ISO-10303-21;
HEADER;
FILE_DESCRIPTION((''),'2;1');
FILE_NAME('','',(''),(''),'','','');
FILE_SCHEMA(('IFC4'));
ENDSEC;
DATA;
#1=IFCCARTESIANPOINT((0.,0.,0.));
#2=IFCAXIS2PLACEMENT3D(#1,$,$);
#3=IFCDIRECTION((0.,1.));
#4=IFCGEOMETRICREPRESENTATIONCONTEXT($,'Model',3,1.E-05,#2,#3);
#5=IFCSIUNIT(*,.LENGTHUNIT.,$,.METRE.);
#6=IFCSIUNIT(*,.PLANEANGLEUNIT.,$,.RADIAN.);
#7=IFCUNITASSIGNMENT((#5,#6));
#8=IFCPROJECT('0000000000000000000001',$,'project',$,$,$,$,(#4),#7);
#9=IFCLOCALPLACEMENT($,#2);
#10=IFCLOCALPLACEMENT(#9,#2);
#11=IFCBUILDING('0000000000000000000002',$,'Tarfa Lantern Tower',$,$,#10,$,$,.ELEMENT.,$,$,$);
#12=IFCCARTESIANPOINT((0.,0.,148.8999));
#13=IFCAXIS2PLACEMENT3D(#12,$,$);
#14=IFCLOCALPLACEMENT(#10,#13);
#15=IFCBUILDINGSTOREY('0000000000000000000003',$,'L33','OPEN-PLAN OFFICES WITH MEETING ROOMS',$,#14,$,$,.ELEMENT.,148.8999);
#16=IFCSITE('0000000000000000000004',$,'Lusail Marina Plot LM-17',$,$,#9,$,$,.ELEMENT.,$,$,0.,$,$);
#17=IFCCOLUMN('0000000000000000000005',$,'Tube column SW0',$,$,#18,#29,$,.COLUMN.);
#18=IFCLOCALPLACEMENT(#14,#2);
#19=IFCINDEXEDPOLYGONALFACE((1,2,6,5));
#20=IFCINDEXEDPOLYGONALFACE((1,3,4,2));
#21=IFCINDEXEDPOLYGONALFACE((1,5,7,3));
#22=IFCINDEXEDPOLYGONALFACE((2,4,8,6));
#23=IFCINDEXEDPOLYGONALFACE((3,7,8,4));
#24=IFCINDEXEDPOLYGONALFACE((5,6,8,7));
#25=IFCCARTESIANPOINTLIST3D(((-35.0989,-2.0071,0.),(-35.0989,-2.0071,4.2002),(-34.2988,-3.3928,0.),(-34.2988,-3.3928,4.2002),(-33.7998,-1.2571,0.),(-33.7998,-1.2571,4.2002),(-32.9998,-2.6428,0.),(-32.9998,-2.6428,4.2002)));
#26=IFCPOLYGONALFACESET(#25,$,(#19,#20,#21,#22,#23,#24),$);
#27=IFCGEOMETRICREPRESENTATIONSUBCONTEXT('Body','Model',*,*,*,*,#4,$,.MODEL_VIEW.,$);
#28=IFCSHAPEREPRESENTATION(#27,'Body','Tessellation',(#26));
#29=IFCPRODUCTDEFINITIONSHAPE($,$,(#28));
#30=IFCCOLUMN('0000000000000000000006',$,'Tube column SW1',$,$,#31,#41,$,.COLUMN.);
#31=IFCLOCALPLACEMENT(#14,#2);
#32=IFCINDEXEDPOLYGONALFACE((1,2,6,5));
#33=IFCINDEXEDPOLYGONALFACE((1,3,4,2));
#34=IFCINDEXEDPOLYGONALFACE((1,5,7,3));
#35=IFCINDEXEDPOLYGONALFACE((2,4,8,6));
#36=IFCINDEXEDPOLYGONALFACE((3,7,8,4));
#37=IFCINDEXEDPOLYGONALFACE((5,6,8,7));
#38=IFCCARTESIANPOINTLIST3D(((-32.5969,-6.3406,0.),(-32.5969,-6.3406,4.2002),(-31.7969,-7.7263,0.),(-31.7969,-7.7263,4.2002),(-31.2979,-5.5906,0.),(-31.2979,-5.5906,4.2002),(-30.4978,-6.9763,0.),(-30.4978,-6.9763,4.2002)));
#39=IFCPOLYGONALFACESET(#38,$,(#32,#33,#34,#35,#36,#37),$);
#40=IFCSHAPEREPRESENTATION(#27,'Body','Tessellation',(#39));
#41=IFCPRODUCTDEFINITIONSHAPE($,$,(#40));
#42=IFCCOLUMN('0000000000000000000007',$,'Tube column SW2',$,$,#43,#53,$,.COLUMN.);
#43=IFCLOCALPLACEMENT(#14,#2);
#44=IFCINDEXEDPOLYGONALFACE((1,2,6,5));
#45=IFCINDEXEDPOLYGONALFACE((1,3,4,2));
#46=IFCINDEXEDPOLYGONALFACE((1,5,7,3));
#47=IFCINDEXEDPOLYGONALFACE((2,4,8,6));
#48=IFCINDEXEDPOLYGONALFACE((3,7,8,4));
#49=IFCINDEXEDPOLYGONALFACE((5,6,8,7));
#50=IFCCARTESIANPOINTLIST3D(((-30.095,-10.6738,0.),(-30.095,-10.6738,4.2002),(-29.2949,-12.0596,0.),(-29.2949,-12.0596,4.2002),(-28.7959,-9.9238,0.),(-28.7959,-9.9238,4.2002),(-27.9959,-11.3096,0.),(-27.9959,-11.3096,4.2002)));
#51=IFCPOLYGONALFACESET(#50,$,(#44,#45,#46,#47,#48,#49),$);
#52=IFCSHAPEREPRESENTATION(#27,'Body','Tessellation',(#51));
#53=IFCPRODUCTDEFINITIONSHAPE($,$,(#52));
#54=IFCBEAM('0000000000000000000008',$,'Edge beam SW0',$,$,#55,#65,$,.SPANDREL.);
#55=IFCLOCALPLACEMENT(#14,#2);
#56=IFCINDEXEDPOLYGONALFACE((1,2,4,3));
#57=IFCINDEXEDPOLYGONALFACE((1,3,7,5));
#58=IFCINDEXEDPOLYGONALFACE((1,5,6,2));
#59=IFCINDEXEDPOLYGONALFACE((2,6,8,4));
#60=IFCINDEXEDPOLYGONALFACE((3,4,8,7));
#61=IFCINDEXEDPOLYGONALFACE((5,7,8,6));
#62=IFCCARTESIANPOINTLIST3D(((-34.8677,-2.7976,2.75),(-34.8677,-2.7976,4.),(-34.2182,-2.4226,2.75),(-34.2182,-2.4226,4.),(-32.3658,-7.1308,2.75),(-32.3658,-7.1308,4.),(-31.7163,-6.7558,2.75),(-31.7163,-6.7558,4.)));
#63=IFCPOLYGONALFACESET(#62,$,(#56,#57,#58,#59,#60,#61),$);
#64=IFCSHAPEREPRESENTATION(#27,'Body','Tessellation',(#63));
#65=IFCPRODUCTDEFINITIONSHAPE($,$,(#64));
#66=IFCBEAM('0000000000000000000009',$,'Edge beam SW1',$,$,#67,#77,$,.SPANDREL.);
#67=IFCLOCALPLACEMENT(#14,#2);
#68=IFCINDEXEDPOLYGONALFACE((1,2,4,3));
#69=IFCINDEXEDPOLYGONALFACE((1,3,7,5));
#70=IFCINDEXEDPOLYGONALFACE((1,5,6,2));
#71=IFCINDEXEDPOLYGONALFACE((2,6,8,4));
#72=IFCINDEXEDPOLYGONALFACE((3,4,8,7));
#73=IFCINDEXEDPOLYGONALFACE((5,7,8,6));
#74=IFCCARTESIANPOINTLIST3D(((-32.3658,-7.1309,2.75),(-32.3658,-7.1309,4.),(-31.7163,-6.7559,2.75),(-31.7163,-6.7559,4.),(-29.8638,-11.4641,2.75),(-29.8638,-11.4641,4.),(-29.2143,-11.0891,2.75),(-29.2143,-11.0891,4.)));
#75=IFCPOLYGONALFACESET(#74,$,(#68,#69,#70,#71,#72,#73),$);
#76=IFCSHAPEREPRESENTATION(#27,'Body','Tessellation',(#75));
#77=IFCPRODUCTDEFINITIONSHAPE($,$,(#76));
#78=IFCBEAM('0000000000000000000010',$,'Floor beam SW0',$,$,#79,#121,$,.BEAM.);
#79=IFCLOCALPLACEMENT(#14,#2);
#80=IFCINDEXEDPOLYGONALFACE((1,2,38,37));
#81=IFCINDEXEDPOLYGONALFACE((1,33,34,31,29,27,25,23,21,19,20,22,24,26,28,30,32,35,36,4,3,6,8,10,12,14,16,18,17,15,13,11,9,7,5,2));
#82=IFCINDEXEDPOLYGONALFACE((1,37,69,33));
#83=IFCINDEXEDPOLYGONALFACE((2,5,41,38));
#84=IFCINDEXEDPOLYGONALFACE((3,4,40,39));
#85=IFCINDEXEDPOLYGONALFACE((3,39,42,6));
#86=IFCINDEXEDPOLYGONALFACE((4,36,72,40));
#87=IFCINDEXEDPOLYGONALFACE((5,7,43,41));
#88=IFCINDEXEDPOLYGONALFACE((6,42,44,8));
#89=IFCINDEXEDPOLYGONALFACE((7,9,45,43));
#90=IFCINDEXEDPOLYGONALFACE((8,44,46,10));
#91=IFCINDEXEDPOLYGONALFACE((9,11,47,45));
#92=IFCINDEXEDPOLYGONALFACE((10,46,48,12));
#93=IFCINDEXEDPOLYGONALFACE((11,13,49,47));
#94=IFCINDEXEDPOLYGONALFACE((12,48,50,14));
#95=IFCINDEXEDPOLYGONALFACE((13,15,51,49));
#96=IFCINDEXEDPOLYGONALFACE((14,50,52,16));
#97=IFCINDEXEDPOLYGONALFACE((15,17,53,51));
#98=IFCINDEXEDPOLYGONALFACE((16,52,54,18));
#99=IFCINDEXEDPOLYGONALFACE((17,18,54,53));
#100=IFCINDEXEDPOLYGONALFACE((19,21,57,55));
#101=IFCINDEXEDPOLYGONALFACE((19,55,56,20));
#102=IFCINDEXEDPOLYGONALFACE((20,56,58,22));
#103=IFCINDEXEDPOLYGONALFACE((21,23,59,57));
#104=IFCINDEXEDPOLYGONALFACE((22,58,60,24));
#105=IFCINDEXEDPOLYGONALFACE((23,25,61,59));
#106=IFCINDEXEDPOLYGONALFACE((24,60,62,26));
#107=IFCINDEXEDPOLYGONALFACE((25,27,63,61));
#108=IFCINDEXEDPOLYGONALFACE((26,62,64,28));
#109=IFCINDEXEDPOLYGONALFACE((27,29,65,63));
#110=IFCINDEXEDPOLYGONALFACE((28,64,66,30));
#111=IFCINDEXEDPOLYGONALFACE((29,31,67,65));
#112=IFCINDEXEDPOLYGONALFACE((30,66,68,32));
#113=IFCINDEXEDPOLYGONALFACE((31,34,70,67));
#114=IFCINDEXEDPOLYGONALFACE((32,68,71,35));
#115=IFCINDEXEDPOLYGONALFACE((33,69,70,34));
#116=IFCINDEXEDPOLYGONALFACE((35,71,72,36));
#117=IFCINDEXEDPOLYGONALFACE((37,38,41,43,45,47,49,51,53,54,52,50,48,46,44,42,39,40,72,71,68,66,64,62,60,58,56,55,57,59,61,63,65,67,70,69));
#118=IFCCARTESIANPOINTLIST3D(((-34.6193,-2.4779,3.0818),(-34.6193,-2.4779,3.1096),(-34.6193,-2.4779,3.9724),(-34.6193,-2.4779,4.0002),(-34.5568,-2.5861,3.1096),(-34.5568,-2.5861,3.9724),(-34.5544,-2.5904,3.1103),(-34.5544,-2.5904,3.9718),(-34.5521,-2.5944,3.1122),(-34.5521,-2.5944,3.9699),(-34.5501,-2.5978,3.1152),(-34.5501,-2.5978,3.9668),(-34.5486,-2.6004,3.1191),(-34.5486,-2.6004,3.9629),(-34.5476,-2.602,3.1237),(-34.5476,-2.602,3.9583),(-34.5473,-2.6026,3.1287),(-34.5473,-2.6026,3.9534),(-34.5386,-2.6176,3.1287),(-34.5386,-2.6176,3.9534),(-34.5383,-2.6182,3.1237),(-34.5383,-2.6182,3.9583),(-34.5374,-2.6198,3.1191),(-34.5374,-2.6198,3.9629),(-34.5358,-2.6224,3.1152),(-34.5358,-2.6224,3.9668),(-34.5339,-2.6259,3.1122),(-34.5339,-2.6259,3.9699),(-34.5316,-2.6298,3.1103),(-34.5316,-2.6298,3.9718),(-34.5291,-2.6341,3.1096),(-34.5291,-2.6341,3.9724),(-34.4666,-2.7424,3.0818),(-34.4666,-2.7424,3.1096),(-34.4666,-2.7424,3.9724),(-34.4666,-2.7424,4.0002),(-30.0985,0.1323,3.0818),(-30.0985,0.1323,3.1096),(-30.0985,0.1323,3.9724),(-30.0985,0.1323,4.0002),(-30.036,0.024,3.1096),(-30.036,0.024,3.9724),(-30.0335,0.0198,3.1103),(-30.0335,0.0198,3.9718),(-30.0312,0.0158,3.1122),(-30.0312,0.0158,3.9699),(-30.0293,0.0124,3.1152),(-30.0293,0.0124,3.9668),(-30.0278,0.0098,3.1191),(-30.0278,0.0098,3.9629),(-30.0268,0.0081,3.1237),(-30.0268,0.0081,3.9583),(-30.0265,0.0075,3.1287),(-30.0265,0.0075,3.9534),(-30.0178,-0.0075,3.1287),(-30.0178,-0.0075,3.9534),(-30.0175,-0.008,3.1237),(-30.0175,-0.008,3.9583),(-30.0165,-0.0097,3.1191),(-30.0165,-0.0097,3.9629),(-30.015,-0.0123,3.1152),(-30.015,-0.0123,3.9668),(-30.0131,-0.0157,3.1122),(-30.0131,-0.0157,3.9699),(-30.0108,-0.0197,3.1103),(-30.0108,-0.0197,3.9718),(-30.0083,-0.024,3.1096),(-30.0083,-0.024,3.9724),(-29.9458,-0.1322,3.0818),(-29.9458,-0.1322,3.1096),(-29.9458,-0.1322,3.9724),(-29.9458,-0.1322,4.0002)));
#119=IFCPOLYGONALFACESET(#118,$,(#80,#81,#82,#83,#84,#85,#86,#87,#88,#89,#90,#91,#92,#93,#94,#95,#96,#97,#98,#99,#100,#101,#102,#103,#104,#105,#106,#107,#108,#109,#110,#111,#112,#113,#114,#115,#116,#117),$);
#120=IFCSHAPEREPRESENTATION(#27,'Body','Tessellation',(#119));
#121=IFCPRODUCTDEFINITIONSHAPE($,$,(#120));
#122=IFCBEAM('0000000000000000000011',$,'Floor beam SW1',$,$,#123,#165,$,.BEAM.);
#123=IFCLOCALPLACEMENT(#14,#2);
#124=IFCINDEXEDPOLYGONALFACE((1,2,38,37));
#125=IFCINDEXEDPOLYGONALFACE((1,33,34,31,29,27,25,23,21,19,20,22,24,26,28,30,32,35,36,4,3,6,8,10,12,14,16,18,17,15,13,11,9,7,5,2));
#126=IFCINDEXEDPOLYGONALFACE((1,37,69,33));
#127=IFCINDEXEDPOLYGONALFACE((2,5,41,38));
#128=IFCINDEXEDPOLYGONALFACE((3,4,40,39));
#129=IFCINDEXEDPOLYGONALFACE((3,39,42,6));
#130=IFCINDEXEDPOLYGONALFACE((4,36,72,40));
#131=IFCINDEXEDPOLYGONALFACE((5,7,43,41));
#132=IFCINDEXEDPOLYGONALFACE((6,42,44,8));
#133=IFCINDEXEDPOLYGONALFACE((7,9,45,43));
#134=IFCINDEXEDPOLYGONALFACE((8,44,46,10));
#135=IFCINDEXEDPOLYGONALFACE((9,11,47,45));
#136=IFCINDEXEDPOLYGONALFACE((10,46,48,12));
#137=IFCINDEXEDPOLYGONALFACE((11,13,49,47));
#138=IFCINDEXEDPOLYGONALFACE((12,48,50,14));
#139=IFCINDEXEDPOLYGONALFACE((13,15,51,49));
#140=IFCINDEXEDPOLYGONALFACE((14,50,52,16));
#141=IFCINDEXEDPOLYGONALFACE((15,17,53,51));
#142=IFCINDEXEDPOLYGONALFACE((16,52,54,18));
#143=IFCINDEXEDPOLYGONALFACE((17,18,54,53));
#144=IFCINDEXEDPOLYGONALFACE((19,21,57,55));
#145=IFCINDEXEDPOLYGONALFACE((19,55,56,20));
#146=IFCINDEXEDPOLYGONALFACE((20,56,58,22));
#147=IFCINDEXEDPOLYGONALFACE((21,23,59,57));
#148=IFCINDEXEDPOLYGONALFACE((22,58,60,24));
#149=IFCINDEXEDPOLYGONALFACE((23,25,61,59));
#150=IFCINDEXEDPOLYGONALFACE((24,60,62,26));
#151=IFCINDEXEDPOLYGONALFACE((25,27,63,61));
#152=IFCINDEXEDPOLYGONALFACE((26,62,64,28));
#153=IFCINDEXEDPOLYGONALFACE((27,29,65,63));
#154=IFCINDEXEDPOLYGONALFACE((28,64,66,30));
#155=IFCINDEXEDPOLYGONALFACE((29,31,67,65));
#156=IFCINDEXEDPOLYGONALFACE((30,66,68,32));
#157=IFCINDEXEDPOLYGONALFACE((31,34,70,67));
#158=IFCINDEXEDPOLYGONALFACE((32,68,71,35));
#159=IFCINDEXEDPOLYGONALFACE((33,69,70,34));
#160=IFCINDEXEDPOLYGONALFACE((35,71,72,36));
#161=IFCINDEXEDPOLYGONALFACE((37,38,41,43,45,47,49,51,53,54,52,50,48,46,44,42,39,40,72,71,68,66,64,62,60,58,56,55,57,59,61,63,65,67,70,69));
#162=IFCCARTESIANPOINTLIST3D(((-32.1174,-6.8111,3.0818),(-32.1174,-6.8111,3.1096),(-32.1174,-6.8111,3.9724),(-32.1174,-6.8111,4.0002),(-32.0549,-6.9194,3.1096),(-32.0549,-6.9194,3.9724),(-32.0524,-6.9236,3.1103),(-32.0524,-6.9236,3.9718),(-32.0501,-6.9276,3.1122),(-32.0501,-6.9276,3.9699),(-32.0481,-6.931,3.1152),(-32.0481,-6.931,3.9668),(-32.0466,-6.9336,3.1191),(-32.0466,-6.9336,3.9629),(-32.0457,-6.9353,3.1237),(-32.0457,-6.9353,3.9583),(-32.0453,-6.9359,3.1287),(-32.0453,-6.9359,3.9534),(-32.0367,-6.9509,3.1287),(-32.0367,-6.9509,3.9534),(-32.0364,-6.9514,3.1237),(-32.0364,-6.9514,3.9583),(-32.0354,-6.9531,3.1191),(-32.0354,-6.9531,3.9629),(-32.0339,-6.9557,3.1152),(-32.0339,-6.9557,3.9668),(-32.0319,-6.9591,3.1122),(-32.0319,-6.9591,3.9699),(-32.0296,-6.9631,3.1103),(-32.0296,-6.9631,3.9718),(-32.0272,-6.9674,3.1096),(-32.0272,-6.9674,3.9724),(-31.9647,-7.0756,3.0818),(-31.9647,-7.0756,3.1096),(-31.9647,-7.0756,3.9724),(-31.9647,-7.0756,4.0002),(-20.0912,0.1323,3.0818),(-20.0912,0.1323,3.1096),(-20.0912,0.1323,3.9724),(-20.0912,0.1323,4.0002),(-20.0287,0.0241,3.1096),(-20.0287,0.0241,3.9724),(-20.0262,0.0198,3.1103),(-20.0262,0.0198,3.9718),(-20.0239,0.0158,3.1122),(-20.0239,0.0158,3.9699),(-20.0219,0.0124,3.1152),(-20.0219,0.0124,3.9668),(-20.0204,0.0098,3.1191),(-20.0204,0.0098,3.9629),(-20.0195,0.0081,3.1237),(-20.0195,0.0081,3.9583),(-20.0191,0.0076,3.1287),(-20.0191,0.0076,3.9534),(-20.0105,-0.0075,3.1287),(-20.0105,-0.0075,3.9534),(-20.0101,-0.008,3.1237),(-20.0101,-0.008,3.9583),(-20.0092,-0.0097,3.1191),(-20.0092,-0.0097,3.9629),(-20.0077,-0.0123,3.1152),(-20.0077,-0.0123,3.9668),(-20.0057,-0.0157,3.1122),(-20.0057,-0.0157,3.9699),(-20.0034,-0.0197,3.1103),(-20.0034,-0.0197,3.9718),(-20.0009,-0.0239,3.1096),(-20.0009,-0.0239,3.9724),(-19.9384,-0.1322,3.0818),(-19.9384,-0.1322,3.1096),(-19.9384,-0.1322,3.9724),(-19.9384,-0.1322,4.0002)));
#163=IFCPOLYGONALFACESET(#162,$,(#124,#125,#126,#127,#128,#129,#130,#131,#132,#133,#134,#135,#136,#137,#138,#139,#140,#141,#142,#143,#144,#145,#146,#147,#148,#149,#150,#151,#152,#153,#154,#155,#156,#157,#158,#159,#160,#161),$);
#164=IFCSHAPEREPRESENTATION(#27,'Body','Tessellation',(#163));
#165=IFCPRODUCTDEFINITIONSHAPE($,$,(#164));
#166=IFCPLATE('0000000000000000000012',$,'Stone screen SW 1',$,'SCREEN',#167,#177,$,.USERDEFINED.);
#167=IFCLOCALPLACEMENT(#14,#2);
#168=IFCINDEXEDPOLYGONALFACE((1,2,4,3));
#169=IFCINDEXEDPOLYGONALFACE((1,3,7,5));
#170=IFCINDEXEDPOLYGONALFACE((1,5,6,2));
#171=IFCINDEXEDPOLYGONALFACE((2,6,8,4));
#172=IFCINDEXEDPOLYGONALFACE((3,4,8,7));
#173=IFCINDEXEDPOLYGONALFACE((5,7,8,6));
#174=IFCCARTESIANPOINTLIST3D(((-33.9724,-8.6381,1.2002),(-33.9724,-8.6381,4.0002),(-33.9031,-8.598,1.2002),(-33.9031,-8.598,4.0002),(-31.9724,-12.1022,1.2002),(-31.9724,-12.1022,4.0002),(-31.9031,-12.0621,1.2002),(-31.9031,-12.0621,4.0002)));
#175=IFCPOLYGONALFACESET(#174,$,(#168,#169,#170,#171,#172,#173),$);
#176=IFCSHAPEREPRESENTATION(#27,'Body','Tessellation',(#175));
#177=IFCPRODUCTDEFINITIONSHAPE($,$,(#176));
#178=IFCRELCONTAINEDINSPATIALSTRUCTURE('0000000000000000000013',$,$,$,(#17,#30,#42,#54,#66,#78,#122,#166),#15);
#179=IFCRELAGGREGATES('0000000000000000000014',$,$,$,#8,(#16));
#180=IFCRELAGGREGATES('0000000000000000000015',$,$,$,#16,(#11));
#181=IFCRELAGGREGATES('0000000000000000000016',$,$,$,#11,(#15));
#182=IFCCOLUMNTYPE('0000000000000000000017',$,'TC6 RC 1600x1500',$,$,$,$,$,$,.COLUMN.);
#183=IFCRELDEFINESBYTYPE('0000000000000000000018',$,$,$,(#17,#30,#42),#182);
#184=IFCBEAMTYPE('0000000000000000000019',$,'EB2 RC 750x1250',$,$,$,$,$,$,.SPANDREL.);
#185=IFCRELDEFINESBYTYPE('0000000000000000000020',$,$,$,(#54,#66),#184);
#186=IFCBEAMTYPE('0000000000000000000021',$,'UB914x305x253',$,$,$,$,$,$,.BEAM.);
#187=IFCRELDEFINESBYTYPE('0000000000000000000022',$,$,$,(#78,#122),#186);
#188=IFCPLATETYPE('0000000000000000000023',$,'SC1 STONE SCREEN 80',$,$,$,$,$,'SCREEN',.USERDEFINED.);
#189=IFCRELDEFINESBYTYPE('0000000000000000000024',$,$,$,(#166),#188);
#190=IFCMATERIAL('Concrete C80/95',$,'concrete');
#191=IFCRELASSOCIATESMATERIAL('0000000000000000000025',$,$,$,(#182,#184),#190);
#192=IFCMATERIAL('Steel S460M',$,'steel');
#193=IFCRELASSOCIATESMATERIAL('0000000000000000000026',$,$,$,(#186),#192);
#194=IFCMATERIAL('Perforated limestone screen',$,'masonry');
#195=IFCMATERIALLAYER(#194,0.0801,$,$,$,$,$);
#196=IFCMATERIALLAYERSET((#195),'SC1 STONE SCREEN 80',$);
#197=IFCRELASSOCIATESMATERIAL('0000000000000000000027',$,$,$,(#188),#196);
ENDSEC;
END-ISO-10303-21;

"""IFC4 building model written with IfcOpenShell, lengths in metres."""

from ifc_helpers import new_model, si_unit, direction, frame, origin, origin_2d, place, context, subcontext, project, spatial, rectangle, i_section, extrude, material, layer, layer_set, material_profile, profile_set, type_object, element, save


model = new_model("IFC4")

# Units and contexts
model_context = context("Model", 3, precision=1e-05, world=origin(), true_north=direction((0.0, 1.0)))
body_context = subcontext(model_context, "Body", "Model", "MODEL_VIEW")
ifc_project = project(units=[si_unit("LENGTHUNIT", "METRE"), si_unit("PLANEANGLEUNIT", "RADIAN")], contexts=[model_context])

# Site, building, storey
site_placement = place(None, origin())
site = spatial("IfcSite", under=ifc_project, at=site_placement, Name="Lusail Marina Plot LM-17", CompositionType="ELEMENT", RefElevation=0.0)
building_placement = place(site_placement, origin())
building = spatial("IfcBuilding", under=site, at=building_placement, Name="Tarfa Lantern Tower", CompositionType="ELEMENT")
storey_placement = place(building_placement, frame((0.0, 0.0, 148.8999)))
storey = spatial("IfcBuildingStorey", under=building, at=storey_placement, Name="L33", Description="OPEN-PLAN OFFICES WITH MEETING ROOMS", CompositionType="ELEMENT", Elevation=148.8999)

# Columns
ifc_material_1 = material(Name="Concrete C80/95", Category="concrete")
ifc_material_profile_1 = material_profile(ifc_material_1, rectangle(XDim=1.6001, YDim=1.5, at=origin_2d()), Name="RC 1600x1500")
ifc_profile_set_1 = profile_set([ifc_material_profile_1], Name="Concrete C80/95")
column_type = type_object("IfcColumnType", Name="TC6 RC 1600x1500", PredefinedType="COLUMN", material=ifc_profile_set_1)
for number, where, z_axis, x_axis, name in (
    (1, (-34.0493, -2.325, 0.0), (0.0, 0.0, 1.0), (0.5, -0.866025, 0.0), "Tube column SW0"),
    (2, (-31.5474, -6.6584, 0.0), (0.0, 0.0, 1.0), (0.5, -0.866025, 0.0), "Tube column SW1"),
    (3, (-29.0454, -10.9917, 0.0), (0.0, 0.0, 1.0), (0.5, -0.866025, 0.0), "Tube column SW2"),
):
    element("IfcColumn", number, at=place(storey_placement, frame(where, z_axis=z_axis, x_axis=x_axis)), inside=storey, type_object=column_type, Name=name, PredefinedType="COLUMN", context=body_context, shape_type="SweptSolid", body=[
        extrude(rectangle(XDim=1.6001, YDim=1.5, at=origin_2d()), origin(), (0.0, 0.0, 1.0), 4.2002),
    ])

# Beams
ifc_material_profile_2 = material_profile(ifc_material_1, rectangle(XDim=0.75, YDim=1.25, at=origin_2d()), Name="RC 750x1250")
ifc_profile_set_2 = profile_set([ifc_material_profile_2], Name="Concrete C80/95")
beam_type_1 = type_object("IfcBeamType", Name="EB2 RC 750x1250", PredefinedType="SPANDREL", material=ifc_profile_set_2)
for number, where, z_axis, x_axis, name in (
    (4, (-34.543, -2.6101, 3.375), (0.500022, -0.866013, 0.0), (0.866013, 0.500022, 0.0), "Edge beam SW0"),
    (5, (-32.041, -6.9434, 3.375), (0.500022, -0.866013, 0.0), (0.866013, 0.500022, 0.0), "Edge beam SW1"),
):
    element("IfcBeam", number, at=place(storey_placement, frame(where, z_axis=z_axis, x_axis=x_axis)), inside=storey, type_object=beam_type_1, Name=name, PredefinedType="SPANDREL", context=body_context, shape_type="SweptSolid", body=[
        extrude(rectangle(XDim=0.75, YDim=1.25, at=origin_2d()), origin(), (0.0, 0.0, 1.0), 5.0037),
    ])
ifc_material_2 = material(Name="Steel S460M", Category="steel")
ifc_material_profile_3 = material_profile(ifc_material_2, i_section(OverallWidth=0.3054, OverallDepth=0.9185, WebThickness=0.0173, FlangeThickness=0.0278, FilletRadius=0.019, at=origin_2d()), Name="UB914x305x253")
ifc_profile_set_3 = profile_set([ifc_material_profile_3], Name="Steel S460M")
beam_type_2 = type_object("IfcBeamType", Name="UB914x305x253", PredefinedType="BEAM", material=ifc_profile_set_3)
beam_1_placement = place(storey_placement, frame((-34.543, -2.6101, 3.541), z_axis=(0.866021, 0.500007, 0.0), x_axis=(-0.500007, 0.866021, 0.0)))
element("IfcBeam", 6, at=beam_1_placement, inside=storey, type_object=beam_type_2, Name="Floor beam SW0", PredefinedType="BEAM", context=body_context, shape_type="SweptSolid", body=[
    extrude(i_section(OverallWidth=0.3054, OverallDepth=0.9185, WebThickness=0.0173, FlangeThickness=0.0278, FilletRadius=0.019, at=origin_2d()), origin(), (0.0, 0.0, 1.0), 5.2202),
])
beam_2_placement = place(storey_placement, frame((-32.041, -6.9434, 3.541), z_axis=(0.866023, 0.500004, 0.0), x_axis=(-0.500004, 0.866023, 0.0)))
element("IfcBeam", 7, at=beam_2_placement, inside=storey, type_object=beam_type_2, Name="Floor beam SW1", PredefinedType="BEAM", context=body_context, shape_type="SweptSolid", body=[
    extrude(i_section(OverallWidth=0.3054, OverallDepth=0.9185, WebThickness=0.0173, FlangeThickness=0.0278, FilletRadius=0.019, at=origin_2d()), origin(), (0.0, 0.0, 1.0), 13.8867),
])

# Plate
ifc_material_3 = material(Name="Perforated limestone screen", Category="masonry")
ifc_layer_1 = layer(ifc_material_3, 0.0801)
ifc_layer_set_1 = layer_set([ifc_layer_1], Name="SC1 STONE SCREEN 80")
plate_type = type_object("IfcPlateType", Name="SC1 STONE SCREEN 80", ElementType="SCREEN", PredefinedType="USERDEFINED", material=ifc_layer_set_1)
plate_placement = place(storey_placement, frame((-32.9377, -10.3501, 1.2002), z_axis=(0.0, 0.0, 1.0), x_axis=(0.5, -0.866025, 0.0)))
element("IfcPlate", 8, at=plate_placement, inside=storey, type_object=plate_type, Name="Stone screen SW 1", ObjectType="SCREEN", PredefinedType="USERDEFINED", context=body_context, shape_type="SweptSolid", body=[
    extrude(rectangle(XDim=4.0, YDim=0.0801, at=origin_2d()), origin(), (0.0, 0.0, 1.0), 2.8),
])

save(model, "model.ifc")
